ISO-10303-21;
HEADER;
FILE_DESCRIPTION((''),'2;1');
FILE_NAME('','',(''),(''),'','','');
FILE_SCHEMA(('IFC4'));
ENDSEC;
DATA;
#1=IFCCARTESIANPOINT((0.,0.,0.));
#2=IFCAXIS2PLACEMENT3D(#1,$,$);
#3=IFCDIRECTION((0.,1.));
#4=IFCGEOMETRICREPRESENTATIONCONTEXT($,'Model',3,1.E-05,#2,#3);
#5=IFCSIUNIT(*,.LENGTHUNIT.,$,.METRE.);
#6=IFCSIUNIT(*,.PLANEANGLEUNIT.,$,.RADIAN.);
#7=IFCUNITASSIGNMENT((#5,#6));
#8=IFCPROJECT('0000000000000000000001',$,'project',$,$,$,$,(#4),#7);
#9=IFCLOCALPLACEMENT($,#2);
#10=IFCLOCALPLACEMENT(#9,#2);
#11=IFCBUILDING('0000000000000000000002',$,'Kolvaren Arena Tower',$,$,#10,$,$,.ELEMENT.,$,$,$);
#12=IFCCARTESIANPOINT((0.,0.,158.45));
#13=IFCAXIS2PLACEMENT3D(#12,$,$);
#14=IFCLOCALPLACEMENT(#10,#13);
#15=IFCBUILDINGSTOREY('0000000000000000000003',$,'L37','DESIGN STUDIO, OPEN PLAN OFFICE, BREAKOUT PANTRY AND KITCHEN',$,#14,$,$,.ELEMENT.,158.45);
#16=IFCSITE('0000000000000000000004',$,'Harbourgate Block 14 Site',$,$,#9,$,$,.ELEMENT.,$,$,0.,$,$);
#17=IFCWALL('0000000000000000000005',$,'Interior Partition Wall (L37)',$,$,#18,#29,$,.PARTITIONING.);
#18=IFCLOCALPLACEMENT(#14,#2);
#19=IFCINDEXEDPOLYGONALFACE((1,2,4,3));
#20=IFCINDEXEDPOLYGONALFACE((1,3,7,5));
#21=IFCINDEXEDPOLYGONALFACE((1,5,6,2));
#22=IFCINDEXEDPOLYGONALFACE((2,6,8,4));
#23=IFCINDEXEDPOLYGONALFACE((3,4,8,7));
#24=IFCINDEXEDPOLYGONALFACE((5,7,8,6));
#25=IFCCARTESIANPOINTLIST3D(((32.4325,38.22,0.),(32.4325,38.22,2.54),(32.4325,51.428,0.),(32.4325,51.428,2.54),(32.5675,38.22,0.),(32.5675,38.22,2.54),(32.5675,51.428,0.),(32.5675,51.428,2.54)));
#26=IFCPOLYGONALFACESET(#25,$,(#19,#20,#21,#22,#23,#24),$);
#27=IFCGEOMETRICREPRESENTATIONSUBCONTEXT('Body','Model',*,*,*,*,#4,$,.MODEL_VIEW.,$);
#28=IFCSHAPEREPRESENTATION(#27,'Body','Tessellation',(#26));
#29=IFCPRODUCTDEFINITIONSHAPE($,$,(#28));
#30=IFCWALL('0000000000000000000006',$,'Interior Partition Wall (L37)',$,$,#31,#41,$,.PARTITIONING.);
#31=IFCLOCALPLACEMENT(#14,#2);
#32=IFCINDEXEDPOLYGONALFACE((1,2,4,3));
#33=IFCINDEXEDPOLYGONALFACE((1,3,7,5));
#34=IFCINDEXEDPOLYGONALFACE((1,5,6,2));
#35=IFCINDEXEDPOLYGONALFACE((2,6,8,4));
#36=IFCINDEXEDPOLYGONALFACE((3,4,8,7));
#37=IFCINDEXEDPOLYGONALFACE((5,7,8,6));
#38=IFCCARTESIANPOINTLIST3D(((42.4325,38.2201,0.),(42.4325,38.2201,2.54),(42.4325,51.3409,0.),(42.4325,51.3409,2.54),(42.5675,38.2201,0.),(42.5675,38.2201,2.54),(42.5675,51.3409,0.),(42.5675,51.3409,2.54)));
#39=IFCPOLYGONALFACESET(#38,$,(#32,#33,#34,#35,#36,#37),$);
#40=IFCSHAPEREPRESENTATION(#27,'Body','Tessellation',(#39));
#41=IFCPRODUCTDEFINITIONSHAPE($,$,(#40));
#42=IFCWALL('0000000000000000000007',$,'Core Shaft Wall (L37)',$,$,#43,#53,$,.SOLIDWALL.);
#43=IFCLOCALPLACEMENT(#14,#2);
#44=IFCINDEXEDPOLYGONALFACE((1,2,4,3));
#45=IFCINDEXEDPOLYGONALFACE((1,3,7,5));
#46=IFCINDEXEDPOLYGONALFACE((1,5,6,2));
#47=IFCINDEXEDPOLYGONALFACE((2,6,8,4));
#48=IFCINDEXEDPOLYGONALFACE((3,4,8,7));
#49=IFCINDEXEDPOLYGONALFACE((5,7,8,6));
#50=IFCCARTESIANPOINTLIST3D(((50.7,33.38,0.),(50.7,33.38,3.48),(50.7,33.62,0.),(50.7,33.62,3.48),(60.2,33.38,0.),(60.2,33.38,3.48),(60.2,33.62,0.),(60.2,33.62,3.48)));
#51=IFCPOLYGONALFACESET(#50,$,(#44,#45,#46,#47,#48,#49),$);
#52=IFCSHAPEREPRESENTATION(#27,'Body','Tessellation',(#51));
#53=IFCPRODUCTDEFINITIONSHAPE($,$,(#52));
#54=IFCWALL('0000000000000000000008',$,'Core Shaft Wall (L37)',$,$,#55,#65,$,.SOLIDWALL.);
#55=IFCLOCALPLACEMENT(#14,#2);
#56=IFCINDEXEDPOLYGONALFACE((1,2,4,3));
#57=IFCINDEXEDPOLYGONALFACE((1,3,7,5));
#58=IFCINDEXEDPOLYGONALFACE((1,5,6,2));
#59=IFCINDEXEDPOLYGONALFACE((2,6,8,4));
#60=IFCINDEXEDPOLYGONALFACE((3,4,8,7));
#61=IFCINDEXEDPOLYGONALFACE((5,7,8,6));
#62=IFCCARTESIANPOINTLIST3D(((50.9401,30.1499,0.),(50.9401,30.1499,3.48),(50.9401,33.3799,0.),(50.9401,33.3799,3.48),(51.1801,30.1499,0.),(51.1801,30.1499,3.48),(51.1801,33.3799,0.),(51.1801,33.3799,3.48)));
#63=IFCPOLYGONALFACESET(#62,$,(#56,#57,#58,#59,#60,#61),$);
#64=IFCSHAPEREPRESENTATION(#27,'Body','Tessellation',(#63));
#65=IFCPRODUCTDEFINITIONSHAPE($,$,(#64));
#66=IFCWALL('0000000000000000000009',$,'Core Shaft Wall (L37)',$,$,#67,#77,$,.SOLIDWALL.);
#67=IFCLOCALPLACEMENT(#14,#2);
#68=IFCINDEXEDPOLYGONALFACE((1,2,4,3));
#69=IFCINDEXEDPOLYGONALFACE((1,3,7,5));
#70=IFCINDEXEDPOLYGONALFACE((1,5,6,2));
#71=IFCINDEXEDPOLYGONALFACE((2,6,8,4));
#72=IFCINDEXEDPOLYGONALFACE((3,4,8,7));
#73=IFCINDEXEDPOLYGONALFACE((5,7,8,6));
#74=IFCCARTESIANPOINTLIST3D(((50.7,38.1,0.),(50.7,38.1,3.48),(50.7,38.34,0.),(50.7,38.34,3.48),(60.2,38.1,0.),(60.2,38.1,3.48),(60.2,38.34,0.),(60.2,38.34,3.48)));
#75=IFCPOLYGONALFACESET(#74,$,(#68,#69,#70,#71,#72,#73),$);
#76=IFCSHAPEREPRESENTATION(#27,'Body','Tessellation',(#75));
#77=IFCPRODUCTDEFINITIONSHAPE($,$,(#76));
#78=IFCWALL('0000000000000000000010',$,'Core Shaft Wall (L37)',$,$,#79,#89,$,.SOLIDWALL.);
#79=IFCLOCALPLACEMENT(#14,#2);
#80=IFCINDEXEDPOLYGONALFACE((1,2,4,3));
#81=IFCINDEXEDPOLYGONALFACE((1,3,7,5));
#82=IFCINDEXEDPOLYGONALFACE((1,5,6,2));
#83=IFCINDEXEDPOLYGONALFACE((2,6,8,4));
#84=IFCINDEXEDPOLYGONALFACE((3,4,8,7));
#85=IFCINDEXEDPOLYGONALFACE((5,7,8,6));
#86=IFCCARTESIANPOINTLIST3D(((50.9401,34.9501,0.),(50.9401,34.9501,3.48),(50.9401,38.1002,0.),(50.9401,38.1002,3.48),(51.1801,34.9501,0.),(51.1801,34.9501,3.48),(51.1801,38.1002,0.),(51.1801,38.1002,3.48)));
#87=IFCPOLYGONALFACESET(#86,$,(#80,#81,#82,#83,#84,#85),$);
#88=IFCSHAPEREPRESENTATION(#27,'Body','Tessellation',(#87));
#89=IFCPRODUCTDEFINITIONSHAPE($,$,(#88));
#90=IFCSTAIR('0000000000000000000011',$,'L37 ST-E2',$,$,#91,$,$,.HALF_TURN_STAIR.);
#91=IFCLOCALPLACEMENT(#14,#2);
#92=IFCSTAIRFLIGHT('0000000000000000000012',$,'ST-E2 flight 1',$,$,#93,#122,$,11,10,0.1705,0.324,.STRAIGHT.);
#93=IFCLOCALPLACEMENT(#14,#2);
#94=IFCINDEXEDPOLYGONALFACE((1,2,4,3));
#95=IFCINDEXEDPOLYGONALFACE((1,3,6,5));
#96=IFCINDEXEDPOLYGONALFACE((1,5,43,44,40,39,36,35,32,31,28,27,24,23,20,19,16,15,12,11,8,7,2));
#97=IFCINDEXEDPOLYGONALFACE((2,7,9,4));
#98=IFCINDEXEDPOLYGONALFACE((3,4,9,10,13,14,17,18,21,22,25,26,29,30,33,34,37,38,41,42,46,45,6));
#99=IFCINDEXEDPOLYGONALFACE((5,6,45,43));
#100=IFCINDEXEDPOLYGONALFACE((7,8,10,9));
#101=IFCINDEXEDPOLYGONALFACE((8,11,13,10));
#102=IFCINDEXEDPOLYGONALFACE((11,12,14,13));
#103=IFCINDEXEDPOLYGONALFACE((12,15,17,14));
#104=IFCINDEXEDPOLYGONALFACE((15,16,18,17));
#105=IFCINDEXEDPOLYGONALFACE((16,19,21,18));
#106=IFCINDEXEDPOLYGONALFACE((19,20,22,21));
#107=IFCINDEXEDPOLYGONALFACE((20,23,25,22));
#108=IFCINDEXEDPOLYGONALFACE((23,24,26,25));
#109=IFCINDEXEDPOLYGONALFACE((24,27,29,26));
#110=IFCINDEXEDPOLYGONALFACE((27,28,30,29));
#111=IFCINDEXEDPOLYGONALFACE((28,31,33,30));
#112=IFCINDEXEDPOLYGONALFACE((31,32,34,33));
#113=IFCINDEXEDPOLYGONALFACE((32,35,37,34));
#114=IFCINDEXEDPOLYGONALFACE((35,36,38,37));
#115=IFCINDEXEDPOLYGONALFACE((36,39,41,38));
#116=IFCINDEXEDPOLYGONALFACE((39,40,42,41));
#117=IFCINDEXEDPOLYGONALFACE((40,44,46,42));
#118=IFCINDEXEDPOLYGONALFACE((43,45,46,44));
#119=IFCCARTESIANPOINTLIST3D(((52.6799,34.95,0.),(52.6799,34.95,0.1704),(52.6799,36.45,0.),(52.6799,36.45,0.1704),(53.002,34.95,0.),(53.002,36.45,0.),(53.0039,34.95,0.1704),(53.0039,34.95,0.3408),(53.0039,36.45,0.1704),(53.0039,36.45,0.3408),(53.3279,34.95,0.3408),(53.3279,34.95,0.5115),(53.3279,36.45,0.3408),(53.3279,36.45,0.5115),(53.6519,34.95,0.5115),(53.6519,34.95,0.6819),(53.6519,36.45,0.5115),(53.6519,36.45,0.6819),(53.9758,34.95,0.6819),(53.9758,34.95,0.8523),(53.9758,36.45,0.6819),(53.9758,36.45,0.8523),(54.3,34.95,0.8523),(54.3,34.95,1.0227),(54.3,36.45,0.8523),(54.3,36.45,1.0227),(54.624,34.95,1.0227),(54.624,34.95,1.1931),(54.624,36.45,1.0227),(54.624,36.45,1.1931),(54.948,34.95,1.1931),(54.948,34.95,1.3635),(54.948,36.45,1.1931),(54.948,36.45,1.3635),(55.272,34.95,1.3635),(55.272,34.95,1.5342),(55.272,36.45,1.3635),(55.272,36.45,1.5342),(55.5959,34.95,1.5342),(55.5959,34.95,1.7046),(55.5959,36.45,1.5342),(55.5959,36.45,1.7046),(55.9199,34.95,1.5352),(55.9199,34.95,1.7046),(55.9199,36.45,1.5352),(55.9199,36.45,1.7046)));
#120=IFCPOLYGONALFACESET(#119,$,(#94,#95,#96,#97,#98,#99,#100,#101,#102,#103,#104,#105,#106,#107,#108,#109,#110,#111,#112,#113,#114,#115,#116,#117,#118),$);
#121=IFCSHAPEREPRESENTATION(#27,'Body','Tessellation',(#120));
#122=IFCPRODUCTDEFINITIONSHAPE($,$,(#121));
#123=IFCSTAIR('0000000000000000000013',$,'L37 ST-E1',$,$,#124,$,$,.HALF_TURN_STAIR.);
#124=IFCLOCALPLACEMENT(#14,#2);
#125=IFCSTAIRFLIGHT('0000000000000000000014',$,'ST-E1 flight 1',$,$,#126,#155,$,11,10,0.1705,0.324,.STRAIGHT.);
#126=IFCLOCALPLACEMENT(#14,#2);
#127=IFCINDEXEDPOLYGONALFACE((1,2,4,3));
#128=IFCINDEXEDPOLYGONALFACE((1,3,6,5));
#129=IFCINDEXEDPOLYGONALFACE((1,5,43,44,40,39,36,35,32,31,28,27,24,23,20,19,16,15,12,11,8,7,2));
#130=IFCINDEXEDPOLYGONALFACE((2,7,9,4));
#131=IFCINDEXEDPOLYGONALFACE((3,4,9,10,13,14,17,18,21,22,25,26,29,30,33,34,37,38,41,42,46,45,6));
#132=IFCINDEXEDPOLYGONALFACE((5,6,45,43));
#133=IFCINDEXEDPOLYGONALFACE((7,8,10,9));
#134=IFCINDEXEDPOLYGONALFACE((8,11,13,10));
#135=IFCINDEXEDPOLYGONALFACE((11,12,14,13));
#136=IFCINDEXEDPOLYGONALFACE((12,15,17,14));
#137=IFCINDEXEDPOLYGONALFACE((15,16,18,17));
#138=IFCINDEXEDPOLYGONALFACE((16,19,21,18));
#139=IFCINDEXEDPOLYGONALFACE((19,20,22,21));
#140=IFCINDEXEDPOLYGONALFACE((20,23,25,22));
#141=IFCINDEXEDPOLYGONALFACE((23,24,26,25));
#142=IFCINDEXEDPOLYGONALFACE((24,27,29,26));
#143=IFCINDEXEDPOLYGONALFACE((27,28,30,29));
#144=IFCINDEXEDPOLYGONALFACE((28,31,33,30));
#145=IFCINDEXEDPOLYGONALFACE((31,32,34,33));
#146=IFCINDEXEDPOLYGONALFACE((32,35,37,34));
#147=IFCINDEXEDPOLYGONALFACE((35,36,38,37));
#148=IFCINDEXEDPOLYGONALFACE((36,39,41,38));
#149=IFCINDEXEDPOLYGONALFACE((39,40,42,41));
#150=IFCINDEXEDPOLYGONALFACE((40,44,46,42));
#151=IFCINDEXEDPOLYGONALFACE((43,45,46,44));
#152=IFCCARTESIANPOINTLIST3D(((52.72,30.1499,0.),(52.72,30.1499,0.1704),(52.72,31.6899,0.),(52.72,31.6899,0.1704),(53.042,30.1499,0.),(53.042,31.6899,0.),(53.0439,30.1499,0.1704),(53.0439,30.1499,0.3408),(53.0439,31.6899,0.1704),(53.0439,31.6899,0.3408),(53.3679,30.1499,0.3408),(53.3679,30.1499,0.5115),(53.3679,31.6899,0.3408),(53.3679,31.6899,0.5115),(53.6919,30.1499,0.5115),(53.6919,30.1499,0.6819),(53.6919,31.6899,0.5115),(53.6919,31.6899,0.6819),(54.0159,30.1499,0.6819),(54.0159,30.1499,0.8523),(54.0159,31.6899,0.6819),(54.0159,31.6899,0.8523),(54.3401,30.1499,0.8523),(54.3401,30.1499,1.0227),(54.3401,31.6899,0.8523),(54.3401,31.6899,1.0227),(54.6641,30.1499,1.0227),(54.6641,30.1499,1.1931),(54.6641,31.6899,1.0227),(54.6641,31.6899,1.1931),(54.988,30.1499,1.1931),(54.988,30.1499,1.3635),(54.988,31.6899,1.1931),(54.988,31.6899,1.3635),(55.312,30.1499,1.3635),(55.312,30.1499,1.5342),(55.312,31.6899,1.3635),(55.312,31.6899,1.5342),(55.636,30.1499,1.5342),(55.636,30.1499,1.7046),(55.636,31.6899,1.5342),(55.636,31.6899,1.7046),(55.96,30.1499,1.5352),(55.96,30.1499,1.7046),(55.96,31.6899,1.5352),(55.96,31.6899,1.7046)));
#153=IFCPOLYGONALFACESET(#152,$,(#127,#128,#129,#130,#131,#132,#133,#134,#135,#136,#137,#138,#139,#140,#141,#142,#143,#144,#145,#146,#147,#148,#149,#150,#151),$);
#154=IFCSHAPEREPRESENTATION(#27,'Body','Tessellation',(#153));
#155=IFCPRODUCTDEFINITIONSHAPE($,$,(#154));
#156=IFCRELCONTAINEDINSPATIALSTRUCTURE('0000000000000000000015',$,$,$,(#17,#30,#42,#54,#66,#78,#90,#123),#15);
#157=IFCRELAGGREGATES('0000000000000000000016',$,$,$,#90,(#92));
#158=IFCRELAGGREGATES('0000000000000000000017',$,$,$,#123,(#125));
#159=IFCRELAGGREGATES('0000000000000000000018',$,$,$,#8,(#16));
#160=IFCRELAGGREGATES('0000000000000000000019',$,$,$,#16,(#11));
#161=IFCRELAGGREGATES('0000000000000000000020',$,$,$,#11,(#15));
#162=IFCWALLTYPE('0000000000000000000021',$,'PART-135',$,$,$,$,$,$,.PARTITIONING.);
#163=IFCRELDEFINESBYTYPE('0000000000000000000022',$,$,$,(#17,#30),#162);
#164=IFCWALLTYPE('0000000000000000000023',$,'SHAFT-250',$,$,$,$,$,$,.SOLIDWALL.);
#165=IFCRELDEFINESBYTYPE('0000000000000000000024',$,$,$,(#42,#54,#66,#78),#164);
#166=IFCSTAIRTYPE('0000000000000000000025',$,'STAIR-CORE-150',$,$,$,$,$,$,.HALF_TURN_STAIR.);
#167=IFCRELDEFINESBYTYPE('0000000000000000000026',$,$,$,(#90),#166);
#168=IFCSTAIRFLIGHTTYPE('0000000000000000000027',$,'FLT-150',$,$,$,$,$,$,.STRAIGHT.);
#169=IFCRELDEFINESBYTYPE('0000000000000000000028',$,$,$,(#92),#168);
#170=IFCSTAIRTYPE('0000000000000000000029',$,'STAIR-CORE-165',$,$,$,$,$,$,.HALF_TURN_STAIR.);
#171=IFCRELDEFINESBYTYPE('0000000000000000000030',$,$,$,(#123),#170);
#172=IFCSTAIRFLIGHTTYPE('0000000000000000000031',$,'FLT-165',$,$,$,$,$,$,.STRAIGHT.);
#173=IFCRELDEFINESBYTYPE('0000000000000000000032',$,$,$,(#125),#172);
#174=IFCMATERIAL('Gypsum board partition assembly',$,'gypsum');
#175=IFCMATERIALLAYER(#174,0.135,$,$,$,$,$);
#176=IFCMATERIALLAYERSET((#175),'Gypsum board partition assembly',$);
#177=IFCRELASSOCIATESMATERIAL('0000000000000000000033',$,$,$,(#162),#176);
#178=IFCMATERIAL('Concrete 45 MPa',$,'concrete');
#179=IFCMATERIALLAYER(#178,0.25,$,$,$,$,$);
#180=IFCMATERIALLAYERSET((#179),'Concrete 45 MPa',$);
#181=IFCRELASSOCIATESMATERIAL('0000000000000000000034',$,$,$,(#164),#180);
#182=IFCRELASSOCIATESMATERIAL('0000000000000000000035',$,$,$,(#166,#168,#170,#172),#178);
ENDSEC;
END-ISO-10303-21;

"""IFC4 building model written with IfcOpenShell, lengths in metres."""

from ifc_helpers import new_model, si_unit, direction, frame, frame_2d, origin, place, context, subcontext, project, spatial, polyline, rectangle, outline, extrude, material, layer, layer_set, type_object, element, aggregate, save


model = new_model("IFC4")

# Units and contexts
model_context = context("Model", 3, precision=1e-05, world=origin(), true_north=direction((0.0, 1.0)))
body_context = subcontext(model_context, "Body", "Model", "MODEL_VIEW")
ifc_project = project(units=[si_unit("LENGTHUNIT", "METRE"), si_unit("PLANEANGLEUNIT", "RADIAN")], contexts=[model_context])

# Site, building, storey
site_placement = place(None, origin())
site = spatial("IfcSite", under=ifc_project, at=site_placement, Name="Harbourgate Block 14 Site", CompositionType="ELEMENT", RefElevation=0.0)
building_placement = place(site_placement, origin())
building = spatial("IfcBuilding", under=site, at=building_placement, Name="Kolvaren Arena Tower", CompositionType="ELEMENT")
storey_placement = place(building_placement, frame((0.0, 0.0, 158.45)))
storey = spatial("IfcBuildingStorey", under=building, at=storey_placement, Name="L37", Description="DESIGN STUDIO, OPEN PLAN OFFICE, BREAKOUT PANTRY AND KITCHEN", CompositionType="ELEMENT", Elevation=158.45)

# Walls
ifc_material_1 = material(Name="Gypsum board partition assembly", Category="gypsum")
ifc_layer_1 = layer(ifc_material_1, 0.135)
ifc_layer_set_1 = layer_set([ifc_layer_1], Name="Gypsum board partition assembly")
wall_type_1 = type_object("IfcWallType", Name="PART-135", PredefinedType="PARTITIONING", material=ifc_layer_set_1)
wall_1_placement = place(storey_placement, frame((32.5, 38.22, 0.0), z_axis=(0.0, 0.0, 1.0), x_axis=(0.0, 1.0, 0.0)))
element("IfcWall", 1, at=wall_1_placement, inside=storey, type_object=wall_type_1, Name="Interior Partition Wall (L37)", PredefinedType="PARTITIONING", context=body_context, shape_type="SweptSolid", body=[
    extrude(rectangle(XDim=13.208, YDim=0.135, at=frame_2d((6.604, 0.0))), origin(), (0.0, 0.0, 1.0), 2.54),
])
wall_2_placement = place(storey_placement, frame((42.5, 38.22, 0.0), z_axis=(0.0, 0.0, 1.0), x_axis=(0.0, 1.0, 0.0)))
element("IfcWall", 2, at=wall_2_placement, inside=storey, type_object=wall_type_1, Name="Interior Partition Wall (L37)", PredefinedType="PARTITIONING", context=body_context, shape_type="SweptSolid", body=[
    extrude(rectangle(XDim=13.1208, YDim=0.135, at=frame_2d((6.5605, 0.0))), origin(), (0.0, 0.0, 1.0), 2.54),
])
ifc_material_2 = material(Name="Concrete 45 MPa", Category="concrete")
ifc_layer_2 = layer(ifc_material_2, 0.25)
ifc_layer_set_2 = layer_set([ifc_layer_2], Name="Concrete 45 MPa")
wall_type_2 = type_object("IfcWallType", Name="SHAFT-250", PredefinedType="SOLIDWALL", material=ifc_layer_set_2)
wall_3_placement = place(storey_placement, frame((50.7, 33.5, 0.0), z_axis=(0.0, 0.0, 1.0), x_axis=(1.0, 0.0, 0.0)))
element("IfcWall", 3, at=wall_3_placement, inside=storey, type_object=wall_type_2, Name="Core Shaft Wall (L37)", PredefinedType="SOLIDWALL", context=body_context, shape_type="SweptSolid", body=[
    extrude(rectangle(XDim=9.5, YDim=0.24, at=frame_2d((4.75, 0.0))), origin(), (0.0, 0.0, 1.0), 3.48),
])
wall_4_placement = place(storey_placement, frame((51.0601, 30.1499, 0.0), z_axis=(0.0, 0.0, 1.0), x_axis=(0.0, 1.0, 0.0)))
element("IfcWall", 4, at=wall_4_placement, inside=storey, type_object=wall_type_2, Name="Core Shaft Wall (L37)", PredefinedType="SOLIDWALL", context=body_context, shape_type="SweptSolid", body=[
    extrude(rectangle(XDim=3.23, YDim=0.24, at=frame_2d((1.615, 0.0))), origin(), (0.0, 0.0, 1.0), 3.48),
])
wall_5_placement = place(storey_placement, frame((50.7, 38.22, 0.0), z_axis=(0.0, 0.0, 1.0), x_axis=(1.0, 0.0, 0.0)))
element("IfcWall", 5, at=wall_5_placement, inside=storey, type_object=wall_type_2, Name="Core Shaft Wall (L37)", PredefinedType="SOLIDWALL", context=body_context, shape_type="SweptSolid", body=[
    extrude(rectangle(XDim=9.5, YDim=0.24, at=frame_2d((4.75, 0.0))), origin(), (0.0, 0.0, 1.0), 3.48),
])
wall_6_placement = place(storey_placement, frame((51.0601, 34.95, 0.0), z_axis=(0.0, 0.0, 1.0), x_axis=(0.0, 1.0, 0.0)))
element("IfcWall", 6, at=wall_6_placement, inside=storey, type_object=wall_type_2, Name="Core Shaft Wall (L37)", PredefinedType="SOLIDWALL", context=body_context, shape_type="SweptSolid", body=[
    extrude(rectangle(XDim=3.1501, YDim=0.24, at=frame_2d((1.5752, 0.0))), origin(), (0.0, 0.0, 1.0), 3.48),
])

# Stairs, stair flights
stair_type_1 = type_object("IfcStairType", Name="STAIR-CORE-150", PredefinedType="HALF_TURN_STAIR", material=ifc_material_2)
stair_1_placement = place(storey_placement, origin())
stair_1 = element("IfcStair", 7, at=stair_1_placement, inside=storey, type_object=stair_type_1, Name="L37 ST-E2", PredefinedType="HALF_TURN_STAIR")
stair_flight_type_1 = type_object("IfcStairFlightType", Name="FLT-150", PredefinedType="STRAIGHT", material=ifc_material_2)
stair_flight_1_placement = place(storey_placement, frame((52.6799, 35.7, 0.0), z_axis=(0.0, 0.0, 1.0), x_axis=(1.0, 0.0, 0.0)))
stair_flight_1 = element("IfcStairFlight", 8, at=stair_flight_1_placement, type_object=stair_flight_type_1, Name="ST-E2 flight 1", NumberOfRisers=11, NumberOfTreads=10, PredefinedType="STRAIGHT", RiserHeight=0.1705, TreadLength=0.324, context=body_context, shape_type="SweptSolid", body=[
    extrude(outline(polyline([(0.0, 0.0), (0.0, 0.1704), (0.324, 0.1704), (0.324, 0.3408), (0.6479, 0.3408), (0.6479, 0.5115), (0.9719, 0.5115), (0.9719, 0.6819), (1.2959, 0.6819), (1.2959, 0.8523), (1.6201, 0.8523), (1.6201, 1.0227), (1.9441, 1.0227), (1.9441, 1.1931), (2.2681, 1.1931), (2.2681, 1.3635), (2.592, 1.3635), (2.592, 1.5342), (2.916, 1.5342), (2.916, 1.7046), (3.24, 1.7046), (3.24, 1.875), (3.24, 1.5352), (0.322, 0.0), (0.0, 0.0)])), frame((0.0, 0.75, 0.0), z_axis=(0.0, -1.0, 0.0), x_axis=(1.0, 0.0, 0.0)), (0.0, 0.0, 1.0), 1.5),
])
aggregate(stair_1, [stair_flight_1])
stair_type_2 = type_object("IfcStairType", Name="STAIR-CORE-165", PredefinedType="HALF_TURN_STAIR", material=ifc_material_2)
stair_2_placement = place(storey_placement, origin())
stair_2 = element("IfcStair", 9, at=stair_2_placement, inside=storey, type_object=stair_type_2, Name="L37 ST-E1", PredefinedType="HALF_TURN_STAIR")
stair_flight_type_2 = type_object("IfcStairFlightType", Name="FLT-165", PredefinedType="STRAIGHT", material=ifc_material_2)
stair_flight_2_placement = place(storey_placement, frame((52.72, 30.9199, 0.0), z_axis=(0.0, 0.0, 1.0), x_axis=(1.0, 0.0, 0.0)))
stair_flight_2 = element("IfcStairFlight", 10, at=stair_flight_2_placement, type_object=stair_flight_type_2, Name="ST-E1 flight 1", NumberOfRisers=11, NumberOfTreads=10, PredefinedType="STRAIGHT", RiserHeight=0.1705, TreadLength=0.324, context=body_context, shape_type="SweptSolid", body=[
    extrude(outline(polyline([(0.0, 0.0), (0.0, 0.1704), (0.324, 0.1704), (0.324, 0.3408), (0.6479, 0.3408), (0.6479, 0.5115), (0.9719, 0.5115), (0.9719, 0.6819), (1.2959, 0.6819), (1.2959, 0.8523), (1.6201, 0.8523), (1.6201, 1.0227), (1.9441, 1.0227), (1.9441, 1.1931), (2.2681, 1.1931), (2.2681, 1.3635), (2.592, 1.3635), (2.592, 1.5342), (2.916, 1.5342), (2.916, 1.7046), (3.24, 1.7046), (3.24, 1.875), (3.24, 1.5352), (0.322, 0.0), (0.0, 0.0)])), frame((0.0, 0.77, 0.0), z_axis=(0.0, -1.0, 0.0), x_axis=(1.0, 0.0, 0.0)), (0.0, 0.0, 1.0), 1.54),
])
aggregate(stair_2, [stair_flight_2])

save(model, "model.ifc")
